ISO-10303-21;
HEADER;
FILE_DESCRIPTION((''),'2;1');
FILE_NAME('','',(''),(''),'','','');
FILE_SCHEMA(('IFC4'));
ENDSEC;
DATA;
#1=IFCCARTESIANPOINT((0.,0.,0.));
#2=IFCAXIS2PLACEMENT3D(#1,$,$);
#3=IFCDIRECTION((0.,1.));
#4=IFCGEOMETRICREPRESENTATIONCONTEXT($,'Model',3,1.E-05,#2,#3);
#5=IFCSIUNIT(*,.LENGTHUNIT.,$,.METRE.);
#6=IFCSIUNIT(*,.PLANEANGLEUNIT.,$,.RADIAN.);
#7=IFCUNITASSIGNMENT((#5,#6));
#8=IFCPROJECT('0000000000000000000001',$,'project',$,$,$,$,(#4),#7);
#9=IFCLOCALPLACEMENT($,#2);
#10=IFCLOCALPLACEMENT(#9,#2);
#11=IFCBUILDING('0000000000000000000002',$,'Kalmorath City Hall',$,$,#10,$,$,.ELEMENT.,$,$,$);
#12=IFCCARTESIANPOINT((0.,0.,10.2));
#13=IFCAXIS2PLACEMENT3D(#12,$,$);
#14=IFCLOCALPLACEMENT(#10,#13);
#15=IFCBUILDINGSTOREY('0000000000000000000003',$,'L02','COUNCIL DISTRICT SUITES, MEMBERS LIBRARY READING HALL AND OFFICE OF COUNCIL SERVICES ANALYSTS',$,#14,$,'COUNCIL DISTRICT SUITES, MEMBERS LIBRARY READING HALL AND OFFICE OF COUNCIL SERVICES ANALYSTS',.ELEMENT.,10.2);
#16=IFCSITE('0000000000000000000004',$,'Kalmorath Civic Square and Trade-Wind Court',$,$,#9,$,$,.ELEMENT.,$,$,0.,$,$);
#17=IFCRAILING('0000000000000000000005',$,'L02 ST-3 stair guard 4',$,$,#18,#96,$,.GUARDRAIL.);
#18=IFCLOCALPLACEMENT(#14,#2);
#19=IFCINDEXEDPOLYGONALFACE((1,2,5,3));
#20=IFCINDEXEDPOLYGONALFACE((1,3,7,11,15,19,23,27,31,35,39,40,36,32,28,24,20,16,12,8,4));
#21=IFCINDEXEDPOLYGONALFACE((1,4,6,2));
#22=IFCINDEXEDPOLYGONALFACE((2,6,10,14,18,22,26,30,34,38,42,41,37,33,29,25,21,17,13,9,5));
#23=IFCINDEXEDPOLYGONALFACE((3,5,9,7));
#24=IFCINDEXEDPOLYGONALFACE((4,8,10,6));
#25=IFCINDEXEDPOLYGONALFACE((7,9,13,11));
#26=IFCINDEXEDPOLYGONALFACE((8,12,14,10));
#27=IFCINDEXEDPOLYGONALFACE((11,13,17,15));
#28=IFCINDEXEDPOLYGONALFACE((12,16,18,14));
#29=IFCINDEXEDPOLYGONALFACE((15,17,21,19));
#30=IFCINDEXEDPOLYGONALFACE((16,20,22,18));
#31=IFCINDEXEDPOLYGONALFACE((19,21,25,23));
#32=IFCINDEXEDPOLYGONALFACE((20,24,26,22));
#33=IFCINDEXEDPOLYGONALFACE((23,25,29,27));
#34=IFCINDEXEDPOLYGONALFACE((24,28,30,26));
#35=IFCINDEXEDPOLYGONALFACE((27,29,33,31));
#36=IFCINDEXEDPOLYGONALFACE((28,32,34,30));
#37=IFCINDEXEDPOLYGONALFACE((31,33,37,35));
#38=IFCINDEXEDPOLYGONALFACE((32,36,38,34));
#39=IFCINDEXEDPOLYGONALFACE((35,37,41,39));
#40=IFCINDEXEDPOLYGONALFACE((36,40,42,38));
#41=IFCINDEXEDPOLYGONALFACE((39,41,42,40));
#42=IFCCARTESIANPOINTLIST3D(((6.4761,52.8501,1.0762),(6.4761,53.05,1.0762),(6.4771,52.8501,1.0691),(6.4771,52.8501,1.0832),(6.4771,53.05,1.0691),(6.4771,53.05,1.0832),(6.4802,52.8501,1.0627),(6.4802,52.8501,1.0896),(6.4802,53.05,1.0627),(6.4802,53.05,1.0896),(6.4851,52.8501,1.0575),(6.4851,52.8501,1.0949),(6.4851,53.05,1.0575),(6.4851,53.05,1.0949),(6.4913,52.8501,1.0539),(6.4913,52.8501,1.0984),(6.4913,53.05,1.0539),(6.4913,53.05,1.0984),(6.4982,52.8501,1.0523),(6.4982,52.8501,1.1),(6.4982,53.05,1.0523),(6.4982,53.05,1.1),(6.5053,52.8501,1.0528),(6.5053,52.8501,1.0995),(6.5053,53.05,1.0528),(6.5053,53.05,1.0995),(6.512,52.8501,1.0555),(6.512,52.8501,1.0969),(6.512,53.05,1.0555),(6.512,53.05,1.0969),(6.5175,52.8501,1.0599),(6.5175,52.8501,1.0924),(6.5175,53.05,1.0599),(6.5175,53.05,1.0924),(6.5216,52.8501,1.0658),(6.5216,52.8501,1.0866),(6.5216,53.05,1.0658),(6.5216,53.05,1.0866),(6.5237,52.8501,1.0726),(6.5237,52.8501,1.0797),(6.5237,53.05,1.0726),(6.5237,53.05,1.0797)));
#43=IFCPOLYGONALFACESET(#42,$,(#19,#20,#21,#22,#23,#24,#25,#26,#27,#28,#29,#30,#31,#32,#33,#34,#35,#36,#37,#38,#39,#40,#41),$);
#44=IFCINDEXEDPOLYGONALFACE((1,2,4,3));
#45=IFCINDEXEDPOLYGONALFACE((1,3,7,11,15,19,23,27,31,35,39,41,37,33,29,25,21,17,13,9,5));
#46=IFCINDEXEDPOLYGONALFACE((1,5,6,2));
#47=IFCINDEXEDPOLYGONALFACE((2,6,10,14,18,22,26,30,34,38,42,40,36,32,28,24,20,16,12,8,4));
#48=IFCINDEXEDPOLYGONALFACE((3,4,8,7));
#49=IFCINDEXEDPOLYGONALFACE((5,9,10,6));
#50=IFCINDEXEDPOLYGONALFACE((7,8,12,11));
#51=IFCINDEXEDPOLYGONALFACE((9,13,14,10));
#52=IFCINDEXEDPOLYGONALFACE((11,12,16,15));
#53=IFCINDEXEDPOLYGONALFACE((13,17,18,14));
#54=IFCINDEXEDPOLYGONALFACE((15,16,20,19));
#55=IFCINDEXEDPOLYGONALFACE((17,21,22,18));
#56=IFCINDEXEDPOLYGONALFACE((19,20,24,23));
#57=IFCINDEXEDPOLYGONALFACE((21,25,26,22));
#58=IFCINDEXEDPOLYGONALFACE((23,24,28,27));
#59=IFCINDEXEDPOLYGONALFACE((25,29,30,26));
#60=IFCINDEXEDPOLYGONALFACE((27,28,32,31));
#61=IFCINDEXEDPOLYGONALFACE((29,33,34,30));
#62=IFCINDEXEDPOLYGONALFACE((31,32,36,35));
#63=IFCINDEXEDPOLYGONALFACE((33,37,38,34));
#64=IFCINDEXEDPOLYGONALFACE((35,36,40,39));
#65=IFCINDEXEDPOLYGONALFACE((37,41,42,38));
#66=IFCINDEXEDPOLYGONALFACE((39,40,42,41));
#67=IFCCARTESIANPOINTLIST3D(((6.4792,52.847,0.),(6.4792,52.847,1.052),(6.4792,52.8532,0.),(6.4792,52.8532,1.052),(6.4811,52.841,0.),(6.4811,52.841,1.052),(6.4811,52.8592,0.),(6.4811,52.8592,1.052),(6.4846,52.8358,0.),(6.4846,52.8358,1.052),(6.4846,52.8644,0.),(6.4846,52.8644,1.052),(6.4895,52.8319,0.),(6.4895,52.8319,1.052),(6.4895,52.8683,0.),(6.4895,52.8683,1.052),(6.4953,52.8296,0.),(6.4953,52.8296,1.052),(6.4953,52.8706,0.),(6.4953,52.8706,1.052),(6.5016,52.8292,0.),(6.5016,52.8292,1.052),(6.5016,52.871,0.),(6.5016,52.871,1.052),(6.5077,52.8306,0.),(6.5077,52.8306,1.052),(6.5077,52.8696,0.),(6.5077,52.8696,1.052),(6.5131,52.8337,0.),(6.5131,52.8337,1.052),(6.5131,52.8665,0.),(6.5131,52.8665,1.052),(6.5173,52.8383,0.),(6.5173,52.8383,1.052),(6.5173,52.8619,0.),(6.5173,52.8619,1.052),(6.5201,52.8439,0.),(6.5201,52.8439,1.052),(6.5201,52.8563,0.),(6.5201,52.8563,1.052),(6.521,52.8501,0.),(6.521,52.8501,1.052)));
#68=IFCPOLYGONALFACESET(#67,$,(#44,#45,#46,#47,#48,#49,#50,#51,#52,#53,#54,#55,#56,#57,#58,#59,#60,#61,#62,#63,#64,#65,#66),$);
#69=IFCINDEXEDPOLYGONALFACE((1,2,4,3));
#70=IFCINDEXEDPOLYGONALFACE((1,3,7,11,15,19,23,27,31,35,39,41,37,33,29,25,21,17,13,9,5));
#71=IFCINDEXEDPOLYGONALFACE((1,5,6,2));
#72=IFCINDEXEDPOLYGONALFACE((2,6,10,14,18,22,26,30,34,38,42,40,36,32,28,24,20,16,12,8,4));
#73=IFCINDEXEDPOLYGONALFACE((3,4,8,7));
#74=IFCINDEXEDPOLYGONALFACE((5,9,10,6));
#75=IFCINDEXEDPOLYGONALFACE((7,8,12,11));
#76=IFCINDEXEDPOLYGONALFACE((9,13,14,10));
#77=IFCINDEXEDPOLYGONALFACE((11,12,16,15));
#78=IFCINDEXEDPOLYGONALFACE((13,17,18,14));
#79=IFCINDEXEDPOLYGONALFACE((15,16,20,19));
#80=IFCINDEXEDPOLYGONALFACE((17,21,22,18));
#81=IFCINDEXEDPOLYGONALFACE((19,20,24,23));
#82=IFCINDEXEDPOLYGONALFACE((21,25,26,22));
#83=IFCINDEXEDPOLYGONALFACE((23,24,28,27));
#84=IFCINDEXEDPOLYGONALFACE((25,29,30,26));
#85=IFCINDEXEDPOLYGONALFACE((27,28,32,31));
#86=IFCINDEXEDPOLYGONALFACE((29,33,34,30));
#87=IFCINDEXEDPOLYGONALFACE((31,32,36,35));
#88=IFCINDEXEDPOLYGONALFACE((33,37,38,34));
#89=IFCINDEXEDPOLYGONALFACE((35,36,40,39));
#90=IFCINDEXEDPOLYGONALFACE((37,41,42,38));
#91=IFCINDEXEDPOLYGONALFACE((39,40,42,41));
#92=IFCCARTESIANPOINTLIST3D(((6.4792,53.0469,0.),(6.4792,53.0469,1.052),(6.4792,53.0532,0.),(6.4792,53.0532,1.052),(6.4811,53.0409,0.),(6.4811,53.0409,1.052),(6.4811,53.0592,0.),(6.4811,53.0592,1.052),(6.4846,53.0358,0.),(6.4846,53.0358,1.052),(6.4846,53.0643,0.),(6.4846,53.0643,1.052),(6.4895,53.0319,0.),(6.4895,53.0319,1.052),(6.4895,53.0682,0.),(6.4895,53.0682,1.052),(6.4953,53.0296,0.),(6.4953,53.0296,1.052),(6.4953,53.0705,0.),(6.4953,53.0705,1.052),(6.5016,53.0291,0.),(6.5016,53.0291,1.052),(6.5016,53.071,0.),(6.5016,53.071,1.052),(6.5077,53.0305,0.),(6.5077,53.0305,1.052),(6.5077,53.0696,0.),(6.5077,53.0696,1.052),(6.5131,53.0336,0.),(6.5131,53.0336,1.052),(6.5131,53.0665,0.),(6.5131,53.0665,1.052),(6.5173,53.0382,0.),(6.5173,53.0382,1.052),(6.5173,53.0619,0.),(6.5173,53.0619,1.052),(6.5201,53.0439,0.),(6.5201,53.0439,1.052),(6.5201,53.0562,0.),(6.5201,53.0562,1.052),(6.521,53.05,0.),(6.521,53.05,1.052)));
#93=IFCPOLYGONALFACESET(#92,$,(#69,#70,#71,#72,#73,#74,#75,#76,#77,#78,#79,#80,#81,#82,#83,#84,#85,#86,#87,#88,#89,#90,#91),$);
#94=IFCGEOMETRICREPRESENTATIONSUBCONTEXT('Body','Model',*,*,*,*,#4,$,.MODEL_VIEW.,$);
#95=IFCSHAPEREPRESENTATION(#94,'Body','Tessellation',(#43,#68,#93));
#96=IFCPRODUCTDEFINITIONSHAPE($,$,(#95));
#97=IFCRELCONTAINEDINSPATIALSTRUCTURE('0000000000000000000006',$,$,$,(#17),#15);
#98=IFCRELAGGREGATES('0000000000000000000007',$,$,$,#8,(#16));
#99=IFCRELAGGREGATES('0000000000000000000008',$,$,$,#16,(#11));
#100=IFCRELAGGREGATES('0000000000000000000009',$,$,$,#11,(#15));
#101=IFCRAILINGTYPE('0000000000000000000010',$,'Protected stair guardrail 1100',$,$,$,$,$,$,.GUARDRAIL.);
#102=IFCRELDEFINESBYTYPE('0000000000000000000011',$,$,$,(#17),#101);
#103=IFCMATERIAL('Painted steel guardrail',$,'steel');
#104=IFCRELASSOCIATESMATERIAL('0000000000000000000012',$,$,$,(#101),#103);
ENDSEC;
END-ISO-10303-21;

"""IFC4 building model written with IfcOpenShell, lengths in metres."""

from ifc_helpers import new_model, si_unit, direction, frame, origin, origin_2d, place, context, subcontext, project, spatial, circle, extrude, material, type_object, element, save


model = new_model("IFC4")

# Units and contexts
model_context = context("Model", 3, precision=1e-05, world=origin(), true_north=direction((0.0, 1.0)))
body_context = subcontext(model_context, "Body", "Model", "MODEL_VIEW")
ifc_project = project(units=[si_unit("LENGTHUNIT", "METRE"), si_unit("PLANEANGLEUNIT", "RADIAN")], contexts=[model_context])

# Site, building, storey
site_placement = place(None, origin())
site = spatial("IfcSite", under=ifc_project, at=site_placement, Name="Kalmorath Civic Square and Trade-Wind Court", CompositionType="ELEMENT", RefElevation=0.0)
building_placement = place(site_placement, origin())
building = spatial("IfcBuilding", under=site, at=building_placement, Name="Kalmorath City Hall", CompositionType="ELEMENT")
storey_placement = place(building_placement, frame((0.0, 0.0, 10.2)))
storey = spatial("IfcBuildingStorey", under=building, at=storey_placement, Name="L02", Description="COUNCIL DISTRICT SUITES, MEMBERS LIBRARY READING HALL AND OFFICE OF COUNCIL SERVICES ANALYSTS", LongName="COUNCIL DISTRICT SUITES, MEMBERS LIBRARY READING HALL AND OFFICE OF COUNCIL SERVICES ANALYSTS", CompositionType="ELEMENT", Elevation=10.2)

# Railing
ifc_material_1 = material(Name="Painted steel guardrail", Category="steel")
railing_type_1 = type_object("IfcRailingType", Name="Protected stair guardrail 1100", PredefinedType="GUARDRAIL", material=ifc_material_1)
railing_1_placement = place(storey_placement, frame((6.5, 52.8501, 0.0)))
element("IfcRailing", 1, at=railing_1_placement, inside=storey, type_object=railing_type_1, Name="L02 ST-3 stair guard 4", PredefinedType="GUARDRAIL", context=body_context, shape_type="SweptSolid", body=[
    extrude(circle(Radius=0.0239, at=origin_2d()), frame((0.0, 0.0, 1.0762), z_axis=(0.0, 1.0, 0.0), x_axis=(-1.0, 0.0, 0.0)), (0.0, 0.0, 1.0), 0.2),
    extrude(circle(Radius=0.021, at=origin_2d()), origin(), (0.0, 0.0, 1.0), 1.052),
    extrude(circle(Radius=0.021, at=origin_2d()), frame((0.0, 0.2, 0.0)), (0.0, 0.0, 1.0), 1.052),
])

save(model, "model.ifc")
